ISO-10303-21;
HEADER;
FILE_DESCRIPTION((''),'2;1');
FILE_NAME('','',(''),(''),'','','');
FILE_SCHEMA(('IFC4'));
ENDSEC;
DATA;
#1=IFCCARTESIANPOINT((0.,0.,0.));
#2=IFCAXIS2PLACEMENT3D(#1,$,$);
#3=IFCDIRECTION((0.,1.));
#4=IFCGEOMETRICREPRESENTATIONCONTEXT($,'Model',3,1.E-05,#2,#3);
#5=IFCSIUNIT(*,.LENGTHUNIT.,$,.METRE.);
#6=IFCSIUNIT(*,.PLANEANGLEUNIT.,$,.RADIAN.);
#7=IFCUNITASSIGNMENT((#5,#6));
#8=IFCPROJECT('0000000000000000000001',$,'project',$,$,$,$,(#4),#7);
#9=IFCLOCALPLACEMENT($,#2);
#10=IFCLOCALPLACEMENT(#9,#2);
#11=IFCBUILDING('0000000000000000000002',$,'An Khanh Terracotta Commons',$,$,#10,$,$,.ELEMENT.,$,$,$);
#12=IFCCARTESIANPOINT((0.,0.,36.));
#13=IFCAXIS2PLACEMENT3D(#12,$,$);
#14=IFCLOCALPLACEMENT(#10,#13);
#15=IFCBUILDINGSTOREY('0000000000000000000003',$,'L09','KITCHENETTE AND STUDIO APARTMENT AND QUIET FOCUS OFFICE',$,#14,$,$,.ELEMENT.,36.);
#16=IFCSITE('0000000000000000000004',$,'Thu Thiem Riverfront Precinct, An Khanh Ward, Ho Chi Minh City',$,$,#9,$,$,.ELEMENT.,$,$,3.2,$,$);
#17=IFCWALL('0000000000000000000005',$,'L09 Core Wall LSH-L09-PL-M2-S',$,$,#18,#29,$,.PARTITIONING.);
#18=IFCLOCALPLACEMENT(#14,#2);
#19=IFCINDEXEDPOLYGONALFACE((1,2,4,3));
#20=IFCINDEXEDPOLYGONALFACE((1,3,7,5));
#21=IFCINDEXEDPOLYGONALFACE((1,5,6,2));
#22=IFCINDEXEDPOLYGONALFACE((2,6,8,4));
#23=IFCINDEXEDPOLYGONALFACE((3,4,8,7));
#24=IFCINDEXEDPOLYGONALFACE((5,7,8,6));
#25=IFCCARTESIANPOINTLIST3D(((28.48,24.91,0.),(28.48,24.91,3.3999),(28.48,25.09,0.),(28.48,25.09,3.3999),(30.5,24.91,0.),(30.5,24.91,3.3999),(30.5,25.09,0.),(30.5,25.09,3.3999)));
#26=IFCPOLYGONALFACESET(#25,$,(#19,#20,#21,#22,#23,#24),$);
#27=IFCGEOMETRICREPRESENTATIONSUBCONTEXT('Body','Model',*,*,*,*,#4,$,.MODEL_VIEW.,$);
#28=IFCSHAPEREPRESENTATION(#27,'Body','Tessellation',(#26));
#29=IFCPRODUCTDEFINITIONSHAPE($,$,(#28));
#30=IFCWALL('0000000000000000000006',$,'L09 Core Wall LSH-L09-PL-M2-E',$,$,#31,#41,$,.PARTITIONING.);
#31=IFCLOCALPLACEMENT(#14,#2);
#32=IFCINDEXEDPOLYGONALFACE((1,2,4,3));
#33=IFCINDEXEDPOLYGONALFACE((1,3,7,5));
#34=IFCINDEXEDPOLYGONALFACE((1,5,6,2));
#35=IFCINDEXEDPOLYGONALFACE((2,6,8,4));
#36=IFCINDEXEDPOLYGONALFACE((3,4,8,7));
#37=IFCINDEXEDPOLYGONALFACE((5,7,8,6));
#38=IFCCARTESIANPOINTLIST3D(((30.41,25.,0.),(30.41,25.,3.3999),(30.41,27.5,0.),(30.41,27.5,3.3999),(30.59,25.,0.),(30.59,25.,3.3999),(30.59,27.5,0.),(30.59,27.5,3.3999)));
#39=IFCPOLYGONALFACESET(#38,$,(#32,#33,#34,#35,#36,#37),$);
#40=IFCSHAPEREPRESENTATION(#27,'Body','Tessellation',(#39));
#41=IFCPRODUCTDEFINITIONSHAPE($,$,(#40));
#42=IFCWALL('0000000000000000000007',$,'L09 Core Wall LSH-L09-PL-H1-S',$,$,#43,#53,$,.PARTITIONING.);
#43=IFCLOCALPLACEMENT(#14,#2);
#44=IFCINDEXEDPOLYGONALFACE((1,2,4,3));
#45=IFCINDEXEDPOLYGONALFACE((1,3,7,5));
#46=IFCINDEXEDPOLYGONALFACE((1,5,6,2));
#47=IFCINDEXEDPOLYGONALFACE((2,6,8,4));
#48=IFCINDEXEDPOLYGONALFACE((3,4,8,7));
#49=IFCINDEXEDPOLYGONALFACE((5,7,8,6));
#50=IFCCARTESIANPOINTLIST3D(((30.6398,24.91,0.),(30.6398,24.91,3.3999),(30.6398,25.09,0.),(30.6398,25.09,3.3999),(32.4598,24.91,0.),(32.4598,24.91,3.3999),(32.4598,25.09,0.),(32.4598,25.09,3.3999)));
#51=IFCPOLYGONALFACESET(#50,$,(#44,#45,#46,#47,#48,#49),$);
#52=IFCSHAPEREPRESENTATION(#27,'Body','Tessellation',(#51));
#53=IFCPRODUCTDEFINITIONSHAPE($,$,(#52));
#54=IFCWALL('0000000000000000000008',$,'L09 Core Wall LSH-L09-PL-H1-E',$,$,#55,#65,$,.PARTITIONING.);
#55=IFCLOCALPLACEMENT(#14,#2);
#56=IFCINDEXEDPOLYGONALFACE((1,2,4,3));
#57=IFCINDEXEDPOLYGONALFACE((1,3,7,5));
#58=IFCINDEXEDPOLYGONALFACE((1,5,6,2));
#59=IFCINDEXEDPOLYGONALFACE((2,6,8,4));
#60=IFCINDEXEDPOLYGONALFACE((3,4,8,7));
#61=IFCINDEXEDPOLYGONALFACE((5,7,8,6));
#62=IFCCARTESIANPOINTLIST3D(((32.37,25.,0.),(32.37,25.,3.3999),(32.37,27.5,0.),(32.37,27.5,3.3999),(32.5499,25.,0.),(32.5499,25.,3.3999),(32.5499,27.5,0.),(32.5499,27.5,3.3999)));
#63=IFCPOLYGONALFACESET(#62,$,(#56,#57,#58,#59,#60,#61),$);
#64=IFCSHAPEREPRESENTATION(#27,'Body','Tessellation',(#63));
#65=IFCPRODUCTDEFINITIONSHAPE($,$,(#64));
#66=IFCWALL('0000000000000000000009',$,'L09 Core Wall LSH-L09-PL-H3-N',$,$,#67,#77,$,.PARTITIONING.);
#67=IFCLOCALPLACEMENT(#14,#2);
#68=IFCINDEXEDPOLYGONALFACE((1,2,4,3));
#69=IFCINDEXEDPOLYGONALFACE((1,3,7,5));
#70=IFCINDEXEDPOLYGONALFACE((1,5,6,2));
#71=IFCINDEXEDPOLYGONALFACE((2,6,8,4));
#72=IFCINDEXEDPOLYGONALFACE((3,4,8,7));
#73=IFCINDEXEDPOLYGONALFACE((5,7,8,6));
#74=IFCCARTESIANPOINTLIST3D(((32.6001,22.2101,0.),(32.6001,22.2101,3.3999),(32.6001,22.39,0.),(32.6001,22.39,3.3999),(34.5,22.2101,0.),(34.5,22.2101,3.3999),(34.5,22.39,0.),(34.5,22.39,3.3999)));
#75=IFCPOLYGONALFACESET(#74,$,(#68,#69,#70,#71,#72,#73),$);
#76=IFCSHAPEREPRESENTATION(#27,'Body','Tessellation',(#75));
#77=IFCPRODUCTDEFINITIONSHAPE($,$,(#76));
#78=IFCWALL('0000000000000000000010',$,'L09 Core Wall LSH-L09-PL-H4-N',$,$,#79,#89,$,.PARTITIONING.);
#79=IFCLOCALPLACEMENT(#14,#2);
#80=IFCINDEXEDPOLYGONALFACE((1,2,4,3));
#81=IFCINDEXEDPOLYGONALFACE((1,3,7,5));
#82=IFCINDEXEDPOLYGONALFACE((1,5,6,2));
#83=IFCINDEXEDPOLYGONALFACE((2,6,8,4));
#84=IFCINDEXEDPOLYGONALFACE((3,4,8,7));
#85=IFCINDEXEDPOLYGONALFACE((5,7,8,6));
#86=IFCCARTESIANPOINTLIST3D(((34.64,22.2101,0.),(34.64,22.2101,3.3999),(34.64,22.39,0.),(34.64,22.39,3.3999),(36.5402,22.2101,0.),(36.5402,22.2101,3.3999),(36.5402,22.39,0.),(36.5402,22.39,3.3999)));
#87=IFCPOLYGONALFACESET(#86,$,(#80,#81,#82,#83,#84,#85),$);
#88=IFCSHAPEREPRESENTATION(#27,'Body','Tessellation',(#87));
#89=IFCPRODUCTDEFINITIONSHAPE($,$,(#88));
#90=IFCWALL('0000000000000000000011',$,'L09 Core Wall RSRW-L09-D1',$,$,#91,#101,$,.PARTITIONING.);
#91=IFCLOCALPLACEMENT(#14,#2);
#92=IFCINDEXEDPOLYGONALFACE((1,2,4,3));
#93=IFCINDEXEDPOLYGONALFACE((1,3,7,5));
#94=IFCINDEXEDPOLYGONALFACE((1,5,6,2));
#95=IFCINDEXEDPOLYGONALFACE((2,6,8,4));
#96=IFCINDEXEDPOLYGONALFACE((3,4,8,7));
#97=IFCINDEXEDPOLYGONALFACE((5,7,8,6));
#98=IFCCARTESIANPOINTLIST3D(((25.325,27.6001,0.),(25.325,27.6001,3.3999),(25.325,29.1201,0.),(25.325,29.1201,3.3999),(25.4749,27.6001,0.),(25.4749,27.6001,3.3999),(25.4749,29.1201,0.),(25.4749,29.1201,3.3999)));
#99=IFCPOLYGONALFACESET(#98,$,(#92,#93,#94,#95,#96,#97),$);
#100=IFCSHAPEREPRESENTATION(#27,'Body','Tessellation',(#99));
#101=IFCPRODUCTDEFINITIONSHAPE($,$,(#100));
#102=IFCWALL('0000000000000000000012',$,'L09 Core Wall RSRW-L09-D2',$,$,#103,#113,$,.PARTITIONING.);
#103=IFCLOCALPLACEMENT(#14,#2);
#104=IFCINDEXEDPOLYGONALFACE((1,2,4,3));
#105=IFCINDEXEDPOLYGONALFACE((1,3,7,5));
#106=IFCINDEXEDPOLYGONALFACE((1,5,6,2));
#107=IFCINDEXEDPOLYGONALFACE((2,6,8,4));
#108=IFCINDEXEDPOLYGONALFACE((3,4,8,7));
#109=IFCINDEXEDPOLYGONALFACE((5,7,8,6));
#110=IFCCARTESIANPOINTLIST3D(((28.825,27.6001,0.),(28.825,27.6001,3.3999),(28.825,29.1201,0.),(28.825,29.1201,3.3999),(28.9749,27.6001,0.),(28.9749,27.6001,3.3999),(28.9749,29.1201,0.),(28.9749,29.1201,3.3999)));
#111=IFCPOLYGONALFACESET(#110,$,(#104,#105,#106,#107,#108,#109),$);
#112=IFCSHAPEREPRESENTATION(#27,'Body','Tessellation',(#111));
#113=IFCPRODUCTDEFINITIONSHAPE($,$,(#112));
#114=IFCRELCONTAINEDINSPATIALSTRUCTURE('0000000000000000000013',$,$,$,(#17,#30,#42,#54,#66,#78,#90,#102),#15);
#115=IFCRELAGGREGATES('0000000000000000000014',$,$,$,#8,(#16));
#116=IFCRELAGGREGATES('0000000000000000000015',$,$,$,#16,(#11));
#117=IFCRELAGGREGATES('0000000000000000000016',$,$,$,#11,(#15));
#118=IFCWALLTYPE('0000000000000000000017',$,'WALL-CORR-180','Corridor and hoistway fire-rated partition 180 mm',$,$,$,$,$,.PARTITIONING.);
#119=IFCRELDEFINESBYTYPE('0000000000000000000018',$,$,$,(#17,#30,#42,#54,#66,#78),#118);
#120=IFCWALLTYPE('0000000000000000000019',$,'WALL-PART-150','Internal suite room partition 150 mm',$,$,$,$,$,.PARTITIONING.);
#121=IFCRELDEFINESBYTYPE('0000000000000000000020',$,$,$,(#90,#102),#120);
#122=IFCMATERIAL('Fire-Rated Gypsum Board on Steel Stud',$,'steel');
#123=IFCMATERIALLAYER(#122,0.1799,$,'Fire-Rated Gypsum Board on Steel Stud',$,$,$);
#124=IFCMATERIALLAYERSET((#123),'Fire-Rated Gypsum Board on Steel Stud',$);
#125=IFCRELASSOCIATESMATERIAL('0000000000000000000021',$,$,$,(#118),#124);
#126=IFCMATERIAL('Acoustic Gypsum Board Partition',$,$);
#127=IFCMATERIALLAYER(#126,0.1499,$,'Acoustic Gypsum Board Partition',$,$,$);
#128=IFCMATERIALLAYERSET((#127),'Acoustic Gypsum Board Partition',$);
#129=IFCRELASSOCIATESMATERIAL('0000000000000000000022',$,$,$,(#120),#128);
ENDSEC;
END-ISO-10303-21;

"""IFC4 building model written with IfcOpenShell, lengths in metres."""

from ifc_helpers import new_model, si_unit, direction, frame, frame_2d, origin, place, context, subcontext, project, spatial, rectangle, extrude, material, layer, layer_set, type_object, element, save


model = new_model("IFC4")

# Units and contexts
model_context = context("Model", 3, precision=1e-05, world=origin(), true_north=direction((0.0, 1.0)))
body_context = subcontext(model_context, "Body", "Model", "MODEL_VIEW")
ifc_project = project(units=[si_unit("LENGTHUNIT", "METRE"), si_unit("PLANEANGLEUNIT", "RADIAN")], contexts=[model_context])

# Site, building, storey
site_placement = place(None, origin())
site = spatial("IfcSite", under=ifc_project, at=site_placement, Name="Thu Thiem Riverfront Precinct, An Khanh Ward, Ho Chi Minh City", CompositionType="ELEMENT", RefElevation=3.2)
building_placement = place(site_placement, origin())
building = spatial("IfcBuilding", under=site, at=building_placement, Name="An Khanh Terracotta Commons", CompositionType="ELEMENT")
storey_placement = place(building_placement, frame((0.0, 0.0, 36.0)))
storey = spatial("IfcBuildingStorey", under=building, at=storey_placement, Name="L09", Description="KITCHENETTE AND STUDIO APARTMENT AND QUIET FOCUS OFFICE", CompositionType="ELEMENT", Elevation=36.0)

# Shared definitions
ifc_material_1 = material(Name="Fire-Rated Gypsum Board on Steel Stud", Category="steel")
ifc_layer_1 = layer(ifc_material_1, 0.1799, Name="Fire-Rated Gypsum Board on Steel Stud")
ifc_layer_set_1 = layer_set([ifc_layer_1], Name="Fire-Rated Gypsum Board on Steel Stud")
wall_type_1 = type_object("IfcWallType", Name="WALL-CORR-180", Description="Corridor and hoistway fire-rated partition 180 mm", PredefinedType="PARTITIONING", material=ifc_layer_set_1)

# Walls
wall_1_placement = place(storey_placement, frame((30.5, 25.0, 0.0), z_axis=(0.0, 0.0, 1.0), x_axis=(-1.0, 0.0, 0.0)))
element("IfcWall", 1, at=wall_1_placement, inside=storey, type_object=wall_type_1, Name="L09 Core Wall LSH-L09-PL-M2-S", PredefinedType="PARTITIONING", context=body_context, shape_type="SweptSolid", body=[
    extrude(rectangle(XDim=2.02, YDim=0.1799, at=frame_2d((1.01, 0.0))), origin(), (0.0, 0.0, 1.0), 3.3999),
])
wall_2_placement = place(storey_placement, frame((30.5, 25.0, 0.0), z_axis=(0.0, 0.0, 1.0), x_axis=(0.0, 1.0, 0.0)))
element("IfcWall", 2, at=wall_2_placement, inside=storey, type_object=wall_type_1, Name="L09 Core Wall LSH-L09-PL-M2-E", PredefinedType="PARTITIONING", context=body_context, shape_type="SweptSolid", body=[
    extrude(rectangle(XDim=2.5, YDim=0.1799, at=frame_2d((1.25, 0.0))), origin(), (0.0, 0.0, 1.0), 3.3999),
])
wall_3_placement = place(storey_placement, frame((32.46, 25.0, 0.0), z_axis=(0.0, 0.0, 1.0), x_axis=(-1.0, 0.0, 0.0)))
element("IfcWall", 3, at=wall_3_placement, inside=storey, type_object=wall_type_1, Name="L09 Core Wall LSH-L09-PL-H1-S", PredefinedType="PARTITIONING", context=body_context, shape_type="SweptSolid", body=[
    extrude(rectangle(XDim=1.8201, YDim=0.1799, at=frame_2d((0.9102, 0.0))), origin(), (0.0, 0.0, 1.0), 3.3999),
])
wall_4_placement = place(storey_placement, frame((32.46, 25.0, 0.0), z_axis=(0.0, 0.0, 1.0), x_axis=(0.0, 1.0, 0.0)))
element("IfcWall", 4, at=wall_4_placement, inside=storey, type_object=wall_type_1, Name="L09 Core Wall LSH-L09-PL-H1-E", PredefinedType="PARTITIONING", context=body_context, shape_type="SweptSolid", body=[
    extrude(rectangle(XDim=2.5, YDim=0.1799, at=frame_2d((1.25, 0.0))), origin(), (0.0, 0.0, 1.0), 3.3999),
])
wall_5_placement = place(storey_placement, frame((32.6001, 22.3, 0.0), z_axis=(0.0, 0.0, 1.0), x_axis=(1.0, 0.0, 0.0)))
element("IfcWall", 5, at=wall_5_placement, inside=storey, type_object=wall_type_1, Name="L09 Core Wall LSH-L09-PL-H3-N", PredefinedType="PARTITIONING", context=body_context, shape_type="SweptSolid", body=[
    extrude(rectangle(XDim=1.8999, YDim=0.1799, at=frame_2d((0.95, 0.0))), origin(), (0.0, 0.0, 1.0), 3.3999),
])
wall_6_placement = place(storey_placement, frame((34.6399, 22.3, 0.0), z_axis=(0.0, 0.0, 1.0), x_axis=(1.0, 0.0, 0.0)))
element("IfcWall", 6, at=wall_6_placement, inside=storey, type_object=wall_type_1, Name="L09 Core Wall LSH-L09-PL-H4-N", PredefinedType="PARTITIONING", context=body_context, shape_type="SweptSolid", body=[
    extrude(rectangle(XDim=1.9001, YDim=0.1799, at=frame_2d((0.9502, 0.0))), origin(), (0.0, 0.0, 1.0), 3.3999),
])
ifc_material_2 = material(Name="Acoustic Gypsum Board Partition")
ifc_layer_2 = layer(ifc_material_2, 0.1499, Name="Acoustic Gypsum Board Partition")
ifc_layer_set_2 = layer_set([ifc_layer_2], Name="Acoustic Gypsum Board Partition")
wall_type_2 = type_object("IfcWallType", Name="WALL-PART-150", Description="Internal suite room partition 150 mm", PredefinedType="PARTITIONING", material=ifc_layer_set_2)
for number, where, z_axis, x_axis, name in (
    (7, (25.3999, 27.6001, 0.0), (0.0, 0.0, 1.0), (0.0, 1.0, 0.0), "L09 Core Wall RSRW-L09-D1"),
    (8, (28.8999, 27.6001, 0.0), (0.0, 0.0, 1.0), (0.0, 1.0, 0.0), "L09 Core Wall RSRW-L09-D2"),
):
    element("IfcWall", number, at=place(storey_placement, frame(where, z_axis=z_axis, x_axis=x_axis)), inside=storey, type_object=wall_type_2, Name=name, PredefinedType="PARTITIONING", context=body_context, shape_type="SweptSolid", body=[
        extrude(rectangle(XDim=1.52, YDim=0.1499, at=frame_2d((0.76, 0.0))), origin(), (0.0, 0.0, 1.0), 3.3999),
    ])

save(model, "model.ifc")
